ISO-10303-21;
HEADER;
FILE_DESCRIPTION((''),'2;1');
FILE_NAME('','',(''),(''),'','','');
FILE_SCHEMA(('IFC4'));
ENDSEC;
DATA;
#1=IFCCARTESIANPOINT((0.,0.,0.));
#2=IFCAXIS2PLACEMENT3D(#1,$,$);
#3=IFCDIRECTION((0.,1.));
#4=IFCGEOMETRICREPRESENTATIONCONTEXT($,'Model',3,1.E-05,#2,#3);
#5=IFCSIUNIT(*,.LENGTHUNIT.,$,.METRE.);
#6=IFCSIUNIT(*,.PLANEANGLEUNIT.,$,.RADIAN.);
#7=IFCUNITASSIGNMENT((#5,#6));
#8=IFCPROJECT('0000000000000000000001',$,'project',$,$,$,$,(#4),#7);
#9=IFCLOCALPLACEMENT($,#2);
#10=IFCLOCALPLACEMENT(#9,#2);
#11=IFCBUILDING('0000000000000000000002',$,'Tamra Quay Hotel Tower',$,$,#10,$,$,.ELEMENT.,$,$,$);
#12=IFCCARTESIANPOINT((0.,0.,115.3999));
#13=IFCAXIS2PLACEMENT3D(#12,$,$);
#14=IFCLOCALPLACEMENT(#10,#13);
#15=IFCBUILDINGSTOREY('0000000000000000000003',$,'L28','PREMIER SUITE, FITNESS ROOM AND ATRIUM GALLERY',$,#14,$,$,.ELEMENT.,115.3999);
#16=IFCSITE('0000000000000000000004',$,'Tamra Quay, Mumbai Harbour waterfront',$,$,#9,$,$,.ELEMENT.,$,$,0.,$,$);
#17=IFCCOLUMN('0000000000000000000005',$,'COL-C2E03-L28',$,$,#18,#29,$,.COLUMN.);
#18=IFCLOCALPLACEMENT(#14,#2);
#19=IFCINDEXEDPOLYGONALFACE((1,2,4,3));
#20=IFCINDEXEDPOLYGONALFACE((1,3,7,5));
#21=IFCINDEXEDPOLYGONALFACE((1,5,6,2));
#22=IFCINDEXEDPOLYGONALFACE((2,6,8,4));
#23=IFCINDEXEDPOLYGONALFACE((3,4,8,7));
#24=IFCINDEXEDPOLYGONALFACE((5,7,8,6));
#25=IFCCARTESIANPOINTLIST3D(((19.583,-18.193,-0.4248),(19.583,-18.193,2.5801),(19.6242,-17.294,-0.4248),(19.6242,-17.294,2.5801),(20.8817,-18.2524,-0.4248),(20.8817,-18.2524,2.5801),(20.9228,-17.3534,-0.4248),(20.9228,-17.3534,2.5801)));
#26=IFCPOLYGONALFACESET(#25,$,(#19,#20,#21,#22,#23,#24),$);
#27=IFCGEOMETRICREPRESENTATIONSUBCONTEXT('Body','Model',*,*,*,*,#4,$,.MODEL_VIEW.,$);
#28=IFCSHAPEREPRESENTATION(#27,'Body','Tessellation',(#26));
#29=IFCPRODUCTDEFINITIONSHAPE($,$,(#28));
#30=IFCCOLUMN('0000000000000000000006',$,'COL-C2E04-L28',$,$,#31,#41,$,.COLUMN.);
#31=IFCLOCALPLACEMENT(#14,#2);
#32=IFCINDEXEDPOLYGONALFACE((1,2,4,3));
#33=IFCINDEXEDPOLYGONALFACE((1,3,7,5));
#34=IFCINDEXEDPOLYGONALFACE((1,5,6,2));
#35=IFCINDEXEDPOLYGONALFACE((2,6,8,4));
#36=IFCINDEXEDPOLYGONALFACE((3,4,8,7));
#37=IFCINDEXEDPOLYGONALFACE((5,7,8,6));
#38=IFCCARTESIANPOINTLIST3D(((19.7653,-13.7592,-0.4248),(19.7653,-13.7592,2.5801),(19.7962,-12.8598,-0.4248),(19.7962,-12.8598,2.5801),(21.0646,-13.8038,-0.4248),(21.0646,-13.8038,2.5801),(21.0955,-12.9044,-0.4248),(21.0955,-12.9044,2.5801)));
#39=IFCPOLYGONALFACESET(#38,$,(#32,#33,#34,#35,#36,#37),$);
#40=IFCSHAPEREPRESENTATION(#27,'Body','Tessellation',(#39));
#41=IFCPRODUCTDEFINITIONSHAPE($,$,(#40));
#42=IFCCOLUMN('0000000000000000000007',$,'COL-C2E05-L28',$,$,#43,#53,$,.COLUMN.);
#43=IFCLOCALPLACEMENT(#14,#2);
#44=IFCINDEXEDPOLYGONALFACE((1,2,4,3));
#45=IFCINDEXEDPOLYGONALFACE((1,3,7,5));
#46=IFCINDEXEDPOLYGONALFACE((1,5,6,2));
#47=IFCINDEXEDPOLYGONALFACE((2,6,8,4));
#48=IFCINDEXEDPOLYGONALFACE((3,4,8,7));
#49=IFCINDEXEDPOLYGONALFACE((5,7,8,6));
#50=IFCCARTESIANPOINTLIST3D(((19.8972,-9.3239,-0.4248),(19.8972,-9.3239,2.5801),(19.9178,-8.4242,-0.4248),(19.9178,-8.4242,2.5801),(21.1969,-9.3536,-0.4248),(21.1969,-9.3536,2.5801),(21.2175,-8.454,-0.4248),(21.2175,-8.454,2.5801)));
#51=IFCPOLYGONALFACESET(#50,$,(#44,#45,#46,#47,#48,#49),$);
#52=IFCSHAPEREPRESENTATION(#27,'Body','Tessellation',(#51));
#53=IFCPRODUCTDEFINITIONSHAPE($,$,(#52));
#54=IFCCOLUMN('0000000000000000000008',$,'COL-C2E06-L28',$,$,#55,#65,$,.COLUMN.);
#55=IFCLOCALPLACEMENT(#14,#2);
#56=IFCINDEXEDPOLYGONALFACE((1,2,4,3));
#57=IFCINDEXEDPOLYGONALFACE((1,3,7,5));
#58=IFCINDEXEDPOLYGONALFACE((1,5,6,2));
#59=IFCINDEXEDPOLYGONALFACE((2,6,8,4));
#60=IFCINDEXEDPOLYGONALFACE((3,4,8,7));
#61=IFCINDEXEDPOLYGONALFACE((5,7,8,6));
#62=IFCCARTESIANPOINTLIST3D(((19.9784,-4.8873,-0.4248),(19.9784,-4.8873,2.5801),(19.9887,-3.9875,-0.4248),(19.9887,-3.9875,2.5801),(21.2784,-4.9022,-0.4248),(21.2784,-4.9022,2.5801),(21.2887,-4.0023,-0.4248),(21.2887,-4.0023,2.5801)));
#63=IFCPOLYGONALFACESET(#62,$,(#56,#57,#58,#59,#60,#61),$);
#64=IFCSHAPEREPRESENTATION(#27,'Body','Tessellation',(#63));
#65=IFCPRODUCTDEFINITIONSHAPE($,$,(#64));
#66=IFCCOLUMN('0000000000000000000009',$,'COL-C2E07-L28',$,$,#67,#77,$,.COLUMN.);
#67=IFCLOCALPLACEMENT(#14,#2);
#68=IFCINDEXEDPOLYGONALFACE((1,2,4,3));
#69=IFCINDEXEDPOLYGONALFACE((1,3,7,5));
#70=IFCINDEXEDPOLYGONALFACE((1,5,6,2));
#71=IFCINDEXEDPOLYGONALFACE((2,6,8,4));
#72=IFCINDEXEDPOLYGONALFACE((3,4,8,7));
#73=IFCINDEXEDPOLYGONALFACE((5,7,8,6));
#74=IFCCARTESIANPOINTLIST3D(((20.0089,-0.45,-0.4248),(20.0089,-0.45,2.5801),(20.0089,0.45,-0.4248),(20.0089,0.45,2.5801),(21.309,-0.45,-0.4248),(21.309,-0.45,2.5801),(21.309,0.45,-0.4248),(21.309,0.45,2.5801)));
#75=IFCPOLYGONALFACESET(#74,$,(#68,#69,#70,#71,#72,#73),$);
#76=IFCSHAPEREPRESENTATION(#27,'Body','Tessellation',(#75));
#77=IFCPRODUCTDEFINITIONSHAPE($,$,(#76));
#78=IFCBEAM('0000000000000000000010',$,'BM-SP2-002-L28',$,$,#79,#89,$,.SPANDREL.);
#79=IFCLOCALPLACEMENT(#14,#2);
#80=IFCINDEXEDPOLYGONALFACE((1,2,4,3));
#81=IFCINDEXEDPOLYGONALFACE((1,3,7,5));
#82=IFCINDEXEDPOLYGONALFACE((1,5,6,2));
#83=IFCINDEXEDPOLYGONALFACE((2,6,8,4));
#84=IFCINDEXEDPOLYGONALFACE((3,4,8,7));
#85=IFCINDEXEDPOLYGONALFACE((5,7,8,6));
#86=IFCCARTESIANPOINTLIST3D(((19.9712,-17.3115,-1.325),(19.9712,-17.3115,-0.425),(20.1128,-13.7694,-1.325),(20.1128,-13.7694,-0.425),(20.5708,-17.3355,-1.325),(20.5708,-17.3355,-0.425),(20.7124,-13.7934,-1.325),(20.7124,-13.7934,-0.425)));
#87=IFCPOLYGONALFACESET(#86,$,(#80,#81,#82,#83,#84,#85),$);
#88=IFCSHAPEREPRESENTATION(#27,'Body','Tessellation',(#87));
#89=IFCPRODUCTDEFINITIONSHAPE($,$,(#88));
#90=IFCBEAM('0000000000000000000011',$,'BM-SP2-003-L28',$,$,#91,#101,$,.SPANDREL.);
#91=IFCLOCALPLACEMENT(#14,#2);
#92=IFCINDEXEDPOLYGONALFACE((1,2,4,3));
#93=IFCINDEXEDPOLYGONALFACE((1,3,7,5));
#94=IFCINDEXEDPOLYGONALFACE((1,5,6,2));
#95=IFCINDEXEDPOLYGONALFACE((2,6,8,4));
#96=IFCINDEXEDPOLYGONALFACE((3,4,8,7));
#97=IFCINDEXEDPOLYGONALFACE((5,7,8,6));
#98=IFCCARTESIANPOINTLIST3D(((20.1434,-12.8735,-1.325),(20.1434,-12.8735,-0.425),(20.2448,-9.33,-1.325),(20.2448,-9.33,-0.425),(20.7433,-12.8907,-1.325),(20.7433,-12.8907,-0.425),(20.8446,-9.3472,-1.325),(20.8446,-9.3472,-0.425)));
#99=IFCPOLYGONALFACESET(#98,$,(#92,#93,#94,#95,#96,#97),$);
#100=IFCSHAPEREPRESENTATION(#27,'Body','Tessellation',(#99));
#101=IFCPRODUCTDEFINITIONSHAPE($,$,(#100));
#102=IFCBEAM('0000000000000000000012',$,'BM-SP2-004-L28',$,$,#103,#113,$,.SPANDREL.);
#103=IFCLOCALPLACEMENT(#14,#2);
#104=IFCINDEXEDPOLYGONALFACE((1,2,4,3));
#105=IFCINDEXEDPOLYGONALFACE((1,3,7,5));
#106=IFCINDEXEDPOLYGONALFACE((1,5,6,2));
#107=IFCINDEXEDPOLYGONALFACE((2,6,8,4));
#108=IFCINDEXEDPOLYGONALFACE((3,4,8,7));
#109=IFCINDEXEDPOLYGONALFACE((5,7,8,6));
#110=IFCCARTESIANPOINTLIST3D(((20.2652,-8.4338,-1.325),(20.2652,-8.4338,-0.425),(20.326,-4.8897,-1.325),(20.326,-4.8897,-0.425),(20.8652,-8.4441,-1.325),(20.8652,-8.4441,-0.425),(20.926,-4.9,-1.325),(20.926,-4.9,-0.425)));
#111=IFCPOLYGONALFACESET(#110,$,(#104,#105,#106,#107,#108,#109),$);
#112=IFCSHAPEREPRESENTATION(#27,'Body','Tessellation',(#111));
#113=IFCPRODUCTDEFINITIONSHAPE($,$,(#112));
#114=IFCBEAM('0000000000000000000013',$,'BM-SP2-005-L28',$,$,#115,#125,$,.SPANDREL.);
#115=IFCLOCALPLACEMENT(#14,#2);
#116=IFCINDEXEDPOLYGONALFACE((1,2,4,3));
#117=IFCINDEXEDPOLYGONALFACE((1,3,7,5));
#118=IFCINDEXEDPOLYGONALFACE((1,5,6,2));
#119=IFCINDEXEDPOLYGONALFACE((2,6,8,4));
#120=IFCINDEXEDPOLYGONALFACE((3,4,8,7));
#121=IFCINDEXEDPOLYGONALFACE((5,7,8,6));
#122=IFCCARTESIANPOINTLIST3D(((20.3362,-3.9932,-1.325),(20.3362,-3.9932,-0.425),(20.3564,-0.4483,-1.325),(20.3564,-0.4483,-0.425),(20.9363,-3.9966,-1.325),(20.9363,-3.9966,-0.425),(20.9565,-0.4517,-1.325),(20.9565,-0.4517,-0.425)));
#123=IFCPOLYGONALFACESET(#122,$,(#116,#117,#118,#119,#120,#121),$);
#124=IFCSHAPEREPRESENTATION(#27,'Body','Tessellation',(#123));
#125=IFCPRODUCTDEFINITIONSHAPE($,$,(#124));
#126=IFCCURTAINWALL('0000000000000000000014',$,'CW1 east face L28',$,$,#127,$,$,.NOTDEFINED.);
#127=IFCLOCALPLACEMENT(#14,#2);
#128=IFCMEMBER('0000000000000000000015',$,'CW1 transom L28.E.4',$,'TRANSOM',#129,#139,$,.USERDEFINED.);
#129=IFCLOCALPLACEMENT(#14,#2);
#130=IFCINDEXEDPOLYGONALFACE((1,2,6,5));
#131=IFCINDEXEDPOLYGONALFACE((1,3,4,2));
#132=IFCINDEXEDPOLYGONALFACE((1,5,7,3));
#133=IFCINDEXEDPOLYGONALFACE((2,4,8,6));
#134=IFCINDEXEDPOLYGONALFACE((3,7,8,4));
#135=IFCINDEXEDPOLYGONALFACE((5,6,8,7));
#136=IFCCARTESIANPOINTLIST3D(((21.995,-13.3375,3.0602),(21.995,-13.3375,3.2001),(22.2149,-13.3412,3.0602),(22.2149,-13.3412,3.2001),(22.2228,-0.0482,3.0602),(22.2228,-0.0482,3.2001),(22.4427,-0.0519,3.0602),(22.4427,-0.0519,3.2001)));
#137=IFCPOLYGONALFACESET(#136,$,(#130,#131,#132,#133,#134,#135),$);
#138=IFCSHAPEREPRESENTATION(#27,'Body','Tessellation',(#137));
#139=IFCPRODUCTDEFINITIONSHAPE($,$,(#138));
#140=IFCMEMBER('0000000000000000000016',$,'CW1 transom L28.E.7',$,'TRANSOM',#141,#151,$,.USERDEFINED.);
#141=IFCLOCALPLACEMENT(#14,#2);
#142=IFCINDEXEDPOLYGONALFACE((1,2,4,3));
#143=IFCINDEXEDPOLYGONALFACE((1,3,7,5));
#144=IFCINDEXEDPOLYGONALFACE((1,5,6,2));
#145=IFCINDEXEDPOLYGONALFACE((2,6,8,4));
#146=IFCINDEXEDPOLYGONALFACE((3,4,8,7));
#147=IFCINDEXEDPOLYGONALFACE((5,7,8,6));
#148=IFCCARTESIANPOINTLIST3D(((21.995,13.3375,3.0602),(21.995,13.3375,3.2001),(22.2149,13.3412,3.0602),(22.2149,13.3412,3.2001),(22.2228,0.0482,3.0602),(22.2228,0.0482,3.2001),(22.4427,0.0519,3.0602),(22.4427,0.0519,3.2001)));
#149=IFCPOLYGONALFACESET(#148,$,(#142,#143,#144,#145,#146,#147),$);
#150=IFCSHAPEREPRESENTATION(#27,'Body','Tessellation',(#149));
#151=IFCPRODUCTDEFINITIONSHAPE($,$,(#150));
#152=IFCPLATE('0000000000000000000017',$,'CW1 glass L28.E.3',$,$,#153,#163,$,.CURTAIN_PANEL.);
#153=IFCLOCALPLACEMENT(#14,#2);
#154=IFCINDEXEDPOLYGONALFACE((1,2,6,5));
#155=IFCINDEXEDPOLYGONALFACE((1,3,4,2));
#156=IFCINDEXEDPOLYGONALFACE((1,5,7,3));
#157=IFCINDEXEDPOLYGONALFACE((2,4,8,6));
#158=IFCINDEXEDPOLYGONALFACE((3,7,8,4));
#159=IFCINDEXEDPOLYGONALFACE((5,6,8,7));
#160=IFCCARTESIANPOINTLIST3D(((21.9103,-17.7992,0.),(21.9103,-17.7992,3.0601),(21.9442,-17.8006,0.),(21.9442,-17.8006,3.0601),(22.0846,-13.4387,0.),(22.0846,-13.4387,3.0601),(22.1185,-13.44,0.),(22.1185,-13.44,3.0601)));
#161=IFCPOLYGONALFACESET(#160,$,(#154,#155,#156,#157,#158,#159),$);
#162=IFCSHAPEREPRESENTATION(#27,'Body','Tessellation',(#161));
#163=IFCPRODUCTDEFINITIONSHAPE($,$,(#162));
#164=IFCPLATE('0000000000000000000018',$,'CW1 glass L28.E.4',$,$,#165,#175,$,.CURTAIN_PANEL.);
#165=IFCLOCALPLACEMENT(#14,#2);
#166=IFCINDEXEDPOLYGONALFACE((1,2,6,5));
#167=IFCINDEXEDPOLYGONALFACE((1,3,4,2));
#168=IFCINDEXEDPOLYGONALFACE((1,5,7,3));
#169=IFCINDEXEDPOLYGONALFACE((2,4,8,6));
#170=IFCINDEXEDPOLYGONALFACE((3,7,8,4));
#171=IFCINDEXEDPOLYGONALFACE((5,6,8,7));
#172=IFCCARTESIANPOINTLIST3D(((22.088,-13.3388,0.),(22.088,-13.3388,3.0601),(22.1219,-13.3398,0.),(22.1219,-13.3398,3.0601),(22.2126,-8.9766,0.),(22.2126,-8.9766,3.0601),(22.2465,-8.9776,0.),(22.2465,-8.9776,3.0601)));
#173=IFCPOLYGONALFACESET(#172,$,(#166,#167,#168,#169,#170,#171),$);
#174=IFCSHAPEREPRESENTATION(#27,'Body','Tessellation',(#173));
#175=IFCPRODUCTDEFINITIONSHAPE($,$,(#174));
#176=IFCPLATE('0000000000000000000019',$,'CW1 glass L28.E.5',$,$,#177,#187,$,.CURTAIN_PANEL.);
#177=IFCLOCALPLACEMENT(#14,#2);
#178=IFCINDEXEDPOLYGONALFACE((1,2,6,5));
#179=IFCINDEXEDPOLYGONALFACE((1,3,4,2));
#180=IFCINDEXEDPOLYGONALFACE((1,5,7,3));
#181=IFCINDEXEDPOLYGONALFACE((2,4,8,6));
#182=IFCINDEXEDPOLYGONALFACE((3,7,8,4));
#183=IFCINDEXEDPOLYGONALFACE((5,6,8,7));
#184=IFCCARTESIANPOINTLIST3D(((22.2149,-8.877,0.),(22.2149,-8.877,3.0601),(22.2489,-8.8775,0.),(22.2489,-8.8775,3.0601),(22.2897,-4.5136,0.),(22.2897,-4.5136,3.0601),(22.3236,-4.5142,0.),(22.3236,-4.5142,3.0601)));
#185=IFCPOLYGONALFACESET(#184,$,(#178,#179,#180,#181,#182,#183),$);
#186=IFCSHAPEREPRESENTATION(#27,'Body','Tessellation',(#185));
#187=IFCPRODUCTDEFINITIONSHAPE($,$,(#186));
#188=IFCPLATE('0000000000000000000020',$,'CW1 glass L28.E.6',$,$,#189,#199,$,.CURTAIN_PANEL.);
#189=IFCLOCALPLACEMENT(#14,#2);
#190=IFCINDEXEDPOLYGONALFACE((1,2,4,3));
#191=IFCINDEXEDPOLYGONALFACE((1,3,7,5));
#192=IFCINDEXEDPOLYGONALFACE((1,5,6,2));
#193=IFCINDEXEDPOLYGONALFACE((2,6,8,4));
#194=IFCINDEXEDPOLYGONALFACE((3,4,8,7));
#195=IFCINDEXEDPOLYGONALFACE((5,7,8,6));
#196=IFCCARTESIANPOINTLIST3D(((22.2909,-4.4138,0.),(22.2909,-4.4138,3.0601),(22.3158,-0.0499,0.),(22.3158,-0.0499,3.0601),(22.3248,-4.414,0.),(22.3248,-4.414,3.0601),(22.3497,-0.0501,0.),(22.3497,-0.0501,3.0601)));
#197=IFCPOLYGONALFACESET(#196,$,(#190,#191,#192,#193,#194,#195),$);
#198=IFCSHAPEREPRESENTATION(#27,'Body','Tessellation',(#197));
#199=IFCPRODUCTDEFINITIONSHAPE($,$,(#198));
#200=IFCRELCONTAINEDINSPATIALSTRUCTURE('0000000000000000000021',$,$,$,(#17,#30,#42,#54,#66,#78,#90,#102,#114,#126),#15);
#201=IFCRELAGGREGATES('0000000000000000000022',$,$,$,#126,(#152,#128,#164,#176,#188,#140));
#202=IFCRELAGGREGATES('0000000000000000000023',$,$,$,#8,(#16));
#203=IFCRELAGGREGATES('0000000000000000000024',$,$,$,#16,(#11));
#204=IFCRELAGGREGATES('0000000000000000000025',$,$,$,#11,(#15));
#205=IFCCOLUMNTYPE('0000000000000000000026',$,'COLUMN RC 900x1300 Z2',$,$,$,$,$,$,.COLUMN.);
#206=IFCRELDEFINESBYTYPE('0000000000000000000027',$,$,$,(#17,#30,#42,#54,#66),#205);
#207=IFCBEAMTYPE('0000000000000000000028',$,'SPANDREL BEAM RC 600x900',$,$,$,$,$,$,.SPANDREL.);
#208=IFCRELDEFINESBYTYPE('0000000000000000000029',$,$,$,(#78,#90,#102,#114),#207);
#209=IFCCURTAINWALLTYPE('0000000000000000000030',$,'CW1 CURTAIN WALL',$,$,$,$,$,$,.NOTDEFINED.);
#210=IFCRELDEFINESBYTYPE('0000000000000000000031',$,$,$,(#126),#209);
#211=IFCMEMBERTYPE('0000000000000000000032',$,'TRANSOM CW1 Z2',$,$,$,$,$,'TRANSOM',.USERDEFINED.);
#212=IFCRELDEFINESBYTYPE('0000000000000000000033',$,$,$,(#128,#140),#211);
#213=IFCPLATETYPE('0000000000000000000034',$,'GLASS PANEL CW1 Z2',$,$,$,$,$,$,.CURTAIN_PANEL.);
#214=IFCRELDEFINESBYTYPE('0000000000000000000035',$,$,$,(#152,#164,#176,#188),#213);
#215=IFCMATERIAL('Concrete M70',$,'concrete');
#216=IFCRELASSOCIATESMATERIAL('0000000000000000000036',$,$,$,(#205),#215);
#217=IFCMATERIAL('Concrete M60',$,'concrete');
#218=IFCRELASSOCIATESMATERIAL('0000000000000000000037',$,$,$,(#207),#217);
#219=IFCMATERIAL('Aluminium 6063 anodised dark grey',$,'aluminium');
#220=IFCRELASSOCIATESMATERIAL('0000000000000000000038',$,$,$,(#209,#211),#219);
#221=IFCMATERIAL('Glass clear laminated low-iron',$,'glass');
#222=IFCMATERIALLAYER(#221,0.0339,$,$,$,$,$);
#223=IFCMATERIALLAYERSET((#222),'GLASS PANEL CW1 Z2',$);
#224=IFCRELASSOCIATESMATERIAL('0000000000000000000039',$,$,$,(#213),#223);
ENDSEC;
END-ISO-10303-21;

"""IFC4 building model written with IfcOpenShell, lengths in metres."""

from ifc_helpers import new_model, si_unit, direction, frame, origin, origin_2d, place, context, subcontext, project, spatial, rectangle, extrude, material, layer, layer_set, material_profile, profile_set, type_object, element, aggregate, save


model = new_model("IFC4")

# Units and contexts
model_context = context("Model", 3, precision=1e-05, world=origin(), true_north=direction((0.0, 1.0)))
body_context = subcontext(model_context, "Body", "Model", "MODEL_VIEW")
ifc_project = project(units=[si_unit("LENGTHUNIT", "METRE"), si_unit("PLANEANGLEUNIT", "RADIAN")], contexts=[model_context])

# Site, building, storey
site_placement = place(None, origin())
site = spatial("IfcSite", under=ifc_project, at=site_placement, Name="Tamra Quay, Mumbai Harbour waterfront", CompositionType="ELEMENT", RefElevation=0.0)
building_placement = place(site_placement, origin())
building = spatial("IfcBuilding", under=site, at=building_placement, Name="Tamra Quay Hotel Tower", CompositionType="ELEMENT")
storey_placement = place(building_placement, frame((0.0, 0.0, 115.3999)))
storey = spatial("IfcBuildingStorey", under=building, at=storey_placement, Name="L28", Description="PREMIER SUITE, FITNESS ROOM AND ATRIUM GALLERY", CompositionType="ELEMENT", Elevation=115.3999)

# Columns
ifc_material_1 = material(Name="Concrete M70", Category="concrete")
ifc_material_profile_1 = material_profile(ifc_material_1, rectangle(XDim=1.3, YDim=0.8999, at=origin_2d()), Name="COLUMN RC 900x1300 Z2")
ifc_profile_set_1 = profile_set([ifc_material_profile_1], Name="Concrete M70")
column_type = type_object("IfcColumnType", Name="COLUMN RC 900x1300 Z2", PredefinedType="COLUMN", material=ifc_profile_set_1)
for number, where, z_axis, x_axis, name in (
    (1, (20.2529, -17.7732, -0.4248), (0.0, 0.0, 1.0), (-0.998955, 0.045712, 0.0), "COL-C2E03-L28"),
    (2, (20.4304, -13.3318, -0.4248), (0.0, 0.0, 1.0), (-0.999412, 0.034299, 0.0), "COL-C2E04-L28"),
    (3, (20.5574, -8.8889, -0.4248), (0.0, 0.0, 1.0), (-0.999738, 0.022874, 0.0), "COL-C2E05-L28"),
    (4, (20.6335, -4.4448, -0.4248), (0.0, 0.0, 1.0), (-0.999935, 0.011439, 0.0), "COL-C2E06-L28"),
    (5, (20.6589, 0.0, -0.4248), (0.0, 0.0, 1.0), (1.0, 0.0, 0.0), "COL-C2E07-L28"),
):
    element("IfcColumn", number, at=place(storey_placement, frame(where, z_axis=z_axis, x_axis=x_axis)), inside=storey, type_object=column_type, Name=name, PredefinedType="COLUMN", context=body_context, shape_type="SweptSolid", body=[
        extrude(rectangle(XDim=1.3, YDim=0.8999, at=origin_2d()), origin(), (0.0, 0.0, 1.0), 3.0049),
    ])

# Beams
ifc_material_2 = material(Name="Concrete M60", Category="concrete")
ifc_material_profile_2 = material_profile(ifc_material_2, rectangle(XDim=0.6001, YDim=0.8999, at=origin_2d()), Name="SPANDREL BEAM RC 600x900")
ifc_profile_set_2 = profile_set([ifc_material_profile_2], Name="Concrete M60")
beam_type = type_object("IfcBeamType", Name="SPANDREL BEAM RC 600x900", PredefinedType="SPANDREL", material=ifc_profile_set_2)
for number, where, z_axis, x_axis, name in (
    (6, (20.271, -17.3235, -0.875), (0.039946, 0.999202, 0.0), (-0.999202, 0.039946, 0.0), "BM-SP2-002-L28"),
    (7, (20.4434, -12.8821, -0.875), (0.028581, 0.999591, 0.0), (-0.999591, 0.028581, 0.0), "BM-SP2-003-L28"),
):
    element("IfcBeam", number, at=place(storey_placement, frame(where, z_axis=z_axis, x_axis=x_axis)), inside=storey, type_object=beam_type, Name=name, PredefinedType="SPANDREL", context=body_context, shape_type="SweptSolid", body=[
        extrude(rectangle(XDim=0.6001, YDim=0.8999, at=origin_2d()), origin(), (0.0, 0.0, 1.0), 3.5449),
    ])
beam_1_placement = place(storey_placement, frame((20.5652, -8.439, -0.875), z_axis=(0.01715, 0.999853, 0.0), x_axis=(-0.999853, 0.01715, 0.0)))
element("IfcBeam", 8, at=beam_1_placement, inside=storey, type_object=beam_type, Name="BM-SP2-004-L28", PredefinedType="SPANDREL", context=body_context, shape_type="SweptSolid", body=[
    extrude(rectangle(XDim=0.6001, YDim=0.8999, at=origin_2d()), origin(), (0.0, 0.0, 1.0), 3.5447),
])
beam_2_placement = place(storey_placement, frame((20.6362, -3.9949, -0.875), z_axis=(0.005716, 0.999984, 0.0), x_axis=(-0.999984, 0.005716, 0.0)))
element("IfcBeam", 9, at=beam_2_placement, inside=storey, type_object=beam_type, Name="BM-SP2-005-L28", PredefinedType="SPANDREL", context=body_context, shape_type="SweptSolid", body=[
    extrude(rectangle(XDim=0.6001, YDim=0.8999, at=origin_2d()), origin(), (0.0, 0.0, 1.0), 3.5449),
])

# Curtain wall, members, plates
ifc_material_3 = material(Name="Aluminium 6063 anodised dark grey", Category="aluminium")
curtain_wall_type = type_object("IfcCurtainWallType", Name="CW1 CURTAIN WALL", PredefinedType="NOTDEFINED", material=ifc_material_3)
curtain_wall_placement = place(storey_placement, origin())
curtain_wall = element("IfcCurtainWall", 10, at=curtain_wall_placement, inside=storey, type_object=curtain_wall_type, Name="CW1 east face L28", PredefinedType="NOTDEFINED")
ifc_material_profile_3 = material_profile(ifc_material_3, rectangle(XDim=0.22, YDim=0.1399, at=origin_2d()), Name="TRANSOM 220X140")
ifc_profile_set_3 = profile_set([ifc_material_profile_3], Name="Aluminium 6063 anodised dark grey")
member_type = type_object("IfcMemberType", Name="TRANSOM CW1 Z2", ElementType="TRANSOM", PredefinedType="USERDEFINED", material=ifc_profile_set_3)
member_1_placement = place(storey_placement, frame((22.105, -13.3394, 3.1301), z_axis=(0.017138, 0.999853, 0.0), x_axis=(-0.999853, 0.017138, 0.0)))
member_1 = element("IfcMember", 11, at=member_1_placement, type_object=member_type, Name="CW1 transom L28.E.4", ObjectType="TRANSOM", PredefinedType="USERDEFINED", context=body_context, shape_type="SweptSolid", body=[
    extrude(rectangle(XDim=0.22, YDim=0.1399, at=origin_2d()), origin(), (0.0, 0.0, 1.0), 13.2913),
])
member_2_placement = place(storey_placement, frame((22.3328, 0.05, 3.1301), z_axis=(-0.017138, 0.999853, 0.0), x_axis=(-0.999853, -0.017138, 0.0)))
member_2 = element("IfcMember", 12, at=member_2_placement, type_object=member_type, Name="CW1 transom L28.E.7", ObjectType="TRANSOM", PredefinedType="USERDEFINED", context=body_context, shape_type="SweptSolid", body=[
    extrude(rectangle(XDim=0.22, YDim=0.1399, at=origin_2d()), origin(), (0.0, 0.0, 1.0), 13.2913),
])
ifc_material_4 = material(Name="Glass clear laminated low-iron", Category="glass")
ifc_layer_1 = layer(ifc_material_4, 0.0339)
ifc_layer_set_1 = layer_set([ifc_layer_1], Name="GLASS PANEL CW1 Z2")
plate_type = type_object("IfcPlateType", Name="GLASS PANEL CW1 Z2", PredefinedType="CURTAIN_PANEL", material=ifc_layer_set_1)
plate_1_placement = place(storey_placement, frame((22.0144, -15.6196, 0.0), z_axis=(0.0, 0.0, 1.0), x_axis=(0.039944, 0.999202, 0.0)))
plate_1 = element("IfcPlate", 13, at=plate_1_placement, type_object=plate_type, Name="CW1 glass L28.E.3", PredefinedType="CURTAIN_PANEL", context=body_context, shape_type="SweptSolid", body=[
    extrude(rectangle(XDim=4.364, YDim=0.0339, at=origin_2d()), origin(), (0.0, 0.0, 1.0), 3.0601),
])
plate_2_placement = place(storey_placement, frame((22.1672, -11.1582, 0.0), z_axis=(0.0, 0.0, 1.0), x_axis=(0.028546, 0.999592, 0.0)))
plate_2 = element("IfcPlate", 14, at=plate_2_placement, type_object=plate_type, Name="CW1 glass L28.E.4", PredefinedType="CURTAIN_PANEL", context=body_context, shape_type="SweptSolid", body=[
    extrude(rectangle(XDim=4.364, YDim=0.0339, at=origin_2d()), origin(), (0.0, 0.0, 1.0), 3.0601),
])
plate_3_placement = place(storey_placement, frame((22.2693, -6.6956, 0.0), z_axis=(0.0, 0.0, 1.0), x_axis=(0.017134, 0.999853, 0.0)))
plate_3 = element("IfcPlate", 15, at=plate_3_placement, type_object=plate_type, Name="CW1 glass L28.E.5", PredefinedType="CURTAIN_PANEL", context=body_context, shape_type="SweptSolid", body=[
    extrude(rectangle(XDim=4.364, YDim=0.0339, at=origin_2d()), origin(), (0.0, 0.0, 1.0), 3.0601),
])
plate_4_placement = place(storey_placement, frame((22.3203, -2.2319, 0.0), z_axis=(0.0, 0.0, 1.0), x_axis=(0.005713, 0.999984, 0.0)))
plate_4 = element("IfcPlate", 16, at=plate_4_placement, type_object=plate_type, Name="CW1 glass L28.E.6", PredefinedType="CURTAIN_PANEL", context=body_context, shape_type="SweptSolid", body=[
    extrude(rectangle(XDim=4.364, YDim=0.0339, at=origin_2d()), origin(), (0.0, 0.0, 1.0), 3.0601),
])
aggregate(curtain_wall, [plate_1, member_1, plate_2, plate_3, plate_4, member_2])

save(model, "model.ifc")
